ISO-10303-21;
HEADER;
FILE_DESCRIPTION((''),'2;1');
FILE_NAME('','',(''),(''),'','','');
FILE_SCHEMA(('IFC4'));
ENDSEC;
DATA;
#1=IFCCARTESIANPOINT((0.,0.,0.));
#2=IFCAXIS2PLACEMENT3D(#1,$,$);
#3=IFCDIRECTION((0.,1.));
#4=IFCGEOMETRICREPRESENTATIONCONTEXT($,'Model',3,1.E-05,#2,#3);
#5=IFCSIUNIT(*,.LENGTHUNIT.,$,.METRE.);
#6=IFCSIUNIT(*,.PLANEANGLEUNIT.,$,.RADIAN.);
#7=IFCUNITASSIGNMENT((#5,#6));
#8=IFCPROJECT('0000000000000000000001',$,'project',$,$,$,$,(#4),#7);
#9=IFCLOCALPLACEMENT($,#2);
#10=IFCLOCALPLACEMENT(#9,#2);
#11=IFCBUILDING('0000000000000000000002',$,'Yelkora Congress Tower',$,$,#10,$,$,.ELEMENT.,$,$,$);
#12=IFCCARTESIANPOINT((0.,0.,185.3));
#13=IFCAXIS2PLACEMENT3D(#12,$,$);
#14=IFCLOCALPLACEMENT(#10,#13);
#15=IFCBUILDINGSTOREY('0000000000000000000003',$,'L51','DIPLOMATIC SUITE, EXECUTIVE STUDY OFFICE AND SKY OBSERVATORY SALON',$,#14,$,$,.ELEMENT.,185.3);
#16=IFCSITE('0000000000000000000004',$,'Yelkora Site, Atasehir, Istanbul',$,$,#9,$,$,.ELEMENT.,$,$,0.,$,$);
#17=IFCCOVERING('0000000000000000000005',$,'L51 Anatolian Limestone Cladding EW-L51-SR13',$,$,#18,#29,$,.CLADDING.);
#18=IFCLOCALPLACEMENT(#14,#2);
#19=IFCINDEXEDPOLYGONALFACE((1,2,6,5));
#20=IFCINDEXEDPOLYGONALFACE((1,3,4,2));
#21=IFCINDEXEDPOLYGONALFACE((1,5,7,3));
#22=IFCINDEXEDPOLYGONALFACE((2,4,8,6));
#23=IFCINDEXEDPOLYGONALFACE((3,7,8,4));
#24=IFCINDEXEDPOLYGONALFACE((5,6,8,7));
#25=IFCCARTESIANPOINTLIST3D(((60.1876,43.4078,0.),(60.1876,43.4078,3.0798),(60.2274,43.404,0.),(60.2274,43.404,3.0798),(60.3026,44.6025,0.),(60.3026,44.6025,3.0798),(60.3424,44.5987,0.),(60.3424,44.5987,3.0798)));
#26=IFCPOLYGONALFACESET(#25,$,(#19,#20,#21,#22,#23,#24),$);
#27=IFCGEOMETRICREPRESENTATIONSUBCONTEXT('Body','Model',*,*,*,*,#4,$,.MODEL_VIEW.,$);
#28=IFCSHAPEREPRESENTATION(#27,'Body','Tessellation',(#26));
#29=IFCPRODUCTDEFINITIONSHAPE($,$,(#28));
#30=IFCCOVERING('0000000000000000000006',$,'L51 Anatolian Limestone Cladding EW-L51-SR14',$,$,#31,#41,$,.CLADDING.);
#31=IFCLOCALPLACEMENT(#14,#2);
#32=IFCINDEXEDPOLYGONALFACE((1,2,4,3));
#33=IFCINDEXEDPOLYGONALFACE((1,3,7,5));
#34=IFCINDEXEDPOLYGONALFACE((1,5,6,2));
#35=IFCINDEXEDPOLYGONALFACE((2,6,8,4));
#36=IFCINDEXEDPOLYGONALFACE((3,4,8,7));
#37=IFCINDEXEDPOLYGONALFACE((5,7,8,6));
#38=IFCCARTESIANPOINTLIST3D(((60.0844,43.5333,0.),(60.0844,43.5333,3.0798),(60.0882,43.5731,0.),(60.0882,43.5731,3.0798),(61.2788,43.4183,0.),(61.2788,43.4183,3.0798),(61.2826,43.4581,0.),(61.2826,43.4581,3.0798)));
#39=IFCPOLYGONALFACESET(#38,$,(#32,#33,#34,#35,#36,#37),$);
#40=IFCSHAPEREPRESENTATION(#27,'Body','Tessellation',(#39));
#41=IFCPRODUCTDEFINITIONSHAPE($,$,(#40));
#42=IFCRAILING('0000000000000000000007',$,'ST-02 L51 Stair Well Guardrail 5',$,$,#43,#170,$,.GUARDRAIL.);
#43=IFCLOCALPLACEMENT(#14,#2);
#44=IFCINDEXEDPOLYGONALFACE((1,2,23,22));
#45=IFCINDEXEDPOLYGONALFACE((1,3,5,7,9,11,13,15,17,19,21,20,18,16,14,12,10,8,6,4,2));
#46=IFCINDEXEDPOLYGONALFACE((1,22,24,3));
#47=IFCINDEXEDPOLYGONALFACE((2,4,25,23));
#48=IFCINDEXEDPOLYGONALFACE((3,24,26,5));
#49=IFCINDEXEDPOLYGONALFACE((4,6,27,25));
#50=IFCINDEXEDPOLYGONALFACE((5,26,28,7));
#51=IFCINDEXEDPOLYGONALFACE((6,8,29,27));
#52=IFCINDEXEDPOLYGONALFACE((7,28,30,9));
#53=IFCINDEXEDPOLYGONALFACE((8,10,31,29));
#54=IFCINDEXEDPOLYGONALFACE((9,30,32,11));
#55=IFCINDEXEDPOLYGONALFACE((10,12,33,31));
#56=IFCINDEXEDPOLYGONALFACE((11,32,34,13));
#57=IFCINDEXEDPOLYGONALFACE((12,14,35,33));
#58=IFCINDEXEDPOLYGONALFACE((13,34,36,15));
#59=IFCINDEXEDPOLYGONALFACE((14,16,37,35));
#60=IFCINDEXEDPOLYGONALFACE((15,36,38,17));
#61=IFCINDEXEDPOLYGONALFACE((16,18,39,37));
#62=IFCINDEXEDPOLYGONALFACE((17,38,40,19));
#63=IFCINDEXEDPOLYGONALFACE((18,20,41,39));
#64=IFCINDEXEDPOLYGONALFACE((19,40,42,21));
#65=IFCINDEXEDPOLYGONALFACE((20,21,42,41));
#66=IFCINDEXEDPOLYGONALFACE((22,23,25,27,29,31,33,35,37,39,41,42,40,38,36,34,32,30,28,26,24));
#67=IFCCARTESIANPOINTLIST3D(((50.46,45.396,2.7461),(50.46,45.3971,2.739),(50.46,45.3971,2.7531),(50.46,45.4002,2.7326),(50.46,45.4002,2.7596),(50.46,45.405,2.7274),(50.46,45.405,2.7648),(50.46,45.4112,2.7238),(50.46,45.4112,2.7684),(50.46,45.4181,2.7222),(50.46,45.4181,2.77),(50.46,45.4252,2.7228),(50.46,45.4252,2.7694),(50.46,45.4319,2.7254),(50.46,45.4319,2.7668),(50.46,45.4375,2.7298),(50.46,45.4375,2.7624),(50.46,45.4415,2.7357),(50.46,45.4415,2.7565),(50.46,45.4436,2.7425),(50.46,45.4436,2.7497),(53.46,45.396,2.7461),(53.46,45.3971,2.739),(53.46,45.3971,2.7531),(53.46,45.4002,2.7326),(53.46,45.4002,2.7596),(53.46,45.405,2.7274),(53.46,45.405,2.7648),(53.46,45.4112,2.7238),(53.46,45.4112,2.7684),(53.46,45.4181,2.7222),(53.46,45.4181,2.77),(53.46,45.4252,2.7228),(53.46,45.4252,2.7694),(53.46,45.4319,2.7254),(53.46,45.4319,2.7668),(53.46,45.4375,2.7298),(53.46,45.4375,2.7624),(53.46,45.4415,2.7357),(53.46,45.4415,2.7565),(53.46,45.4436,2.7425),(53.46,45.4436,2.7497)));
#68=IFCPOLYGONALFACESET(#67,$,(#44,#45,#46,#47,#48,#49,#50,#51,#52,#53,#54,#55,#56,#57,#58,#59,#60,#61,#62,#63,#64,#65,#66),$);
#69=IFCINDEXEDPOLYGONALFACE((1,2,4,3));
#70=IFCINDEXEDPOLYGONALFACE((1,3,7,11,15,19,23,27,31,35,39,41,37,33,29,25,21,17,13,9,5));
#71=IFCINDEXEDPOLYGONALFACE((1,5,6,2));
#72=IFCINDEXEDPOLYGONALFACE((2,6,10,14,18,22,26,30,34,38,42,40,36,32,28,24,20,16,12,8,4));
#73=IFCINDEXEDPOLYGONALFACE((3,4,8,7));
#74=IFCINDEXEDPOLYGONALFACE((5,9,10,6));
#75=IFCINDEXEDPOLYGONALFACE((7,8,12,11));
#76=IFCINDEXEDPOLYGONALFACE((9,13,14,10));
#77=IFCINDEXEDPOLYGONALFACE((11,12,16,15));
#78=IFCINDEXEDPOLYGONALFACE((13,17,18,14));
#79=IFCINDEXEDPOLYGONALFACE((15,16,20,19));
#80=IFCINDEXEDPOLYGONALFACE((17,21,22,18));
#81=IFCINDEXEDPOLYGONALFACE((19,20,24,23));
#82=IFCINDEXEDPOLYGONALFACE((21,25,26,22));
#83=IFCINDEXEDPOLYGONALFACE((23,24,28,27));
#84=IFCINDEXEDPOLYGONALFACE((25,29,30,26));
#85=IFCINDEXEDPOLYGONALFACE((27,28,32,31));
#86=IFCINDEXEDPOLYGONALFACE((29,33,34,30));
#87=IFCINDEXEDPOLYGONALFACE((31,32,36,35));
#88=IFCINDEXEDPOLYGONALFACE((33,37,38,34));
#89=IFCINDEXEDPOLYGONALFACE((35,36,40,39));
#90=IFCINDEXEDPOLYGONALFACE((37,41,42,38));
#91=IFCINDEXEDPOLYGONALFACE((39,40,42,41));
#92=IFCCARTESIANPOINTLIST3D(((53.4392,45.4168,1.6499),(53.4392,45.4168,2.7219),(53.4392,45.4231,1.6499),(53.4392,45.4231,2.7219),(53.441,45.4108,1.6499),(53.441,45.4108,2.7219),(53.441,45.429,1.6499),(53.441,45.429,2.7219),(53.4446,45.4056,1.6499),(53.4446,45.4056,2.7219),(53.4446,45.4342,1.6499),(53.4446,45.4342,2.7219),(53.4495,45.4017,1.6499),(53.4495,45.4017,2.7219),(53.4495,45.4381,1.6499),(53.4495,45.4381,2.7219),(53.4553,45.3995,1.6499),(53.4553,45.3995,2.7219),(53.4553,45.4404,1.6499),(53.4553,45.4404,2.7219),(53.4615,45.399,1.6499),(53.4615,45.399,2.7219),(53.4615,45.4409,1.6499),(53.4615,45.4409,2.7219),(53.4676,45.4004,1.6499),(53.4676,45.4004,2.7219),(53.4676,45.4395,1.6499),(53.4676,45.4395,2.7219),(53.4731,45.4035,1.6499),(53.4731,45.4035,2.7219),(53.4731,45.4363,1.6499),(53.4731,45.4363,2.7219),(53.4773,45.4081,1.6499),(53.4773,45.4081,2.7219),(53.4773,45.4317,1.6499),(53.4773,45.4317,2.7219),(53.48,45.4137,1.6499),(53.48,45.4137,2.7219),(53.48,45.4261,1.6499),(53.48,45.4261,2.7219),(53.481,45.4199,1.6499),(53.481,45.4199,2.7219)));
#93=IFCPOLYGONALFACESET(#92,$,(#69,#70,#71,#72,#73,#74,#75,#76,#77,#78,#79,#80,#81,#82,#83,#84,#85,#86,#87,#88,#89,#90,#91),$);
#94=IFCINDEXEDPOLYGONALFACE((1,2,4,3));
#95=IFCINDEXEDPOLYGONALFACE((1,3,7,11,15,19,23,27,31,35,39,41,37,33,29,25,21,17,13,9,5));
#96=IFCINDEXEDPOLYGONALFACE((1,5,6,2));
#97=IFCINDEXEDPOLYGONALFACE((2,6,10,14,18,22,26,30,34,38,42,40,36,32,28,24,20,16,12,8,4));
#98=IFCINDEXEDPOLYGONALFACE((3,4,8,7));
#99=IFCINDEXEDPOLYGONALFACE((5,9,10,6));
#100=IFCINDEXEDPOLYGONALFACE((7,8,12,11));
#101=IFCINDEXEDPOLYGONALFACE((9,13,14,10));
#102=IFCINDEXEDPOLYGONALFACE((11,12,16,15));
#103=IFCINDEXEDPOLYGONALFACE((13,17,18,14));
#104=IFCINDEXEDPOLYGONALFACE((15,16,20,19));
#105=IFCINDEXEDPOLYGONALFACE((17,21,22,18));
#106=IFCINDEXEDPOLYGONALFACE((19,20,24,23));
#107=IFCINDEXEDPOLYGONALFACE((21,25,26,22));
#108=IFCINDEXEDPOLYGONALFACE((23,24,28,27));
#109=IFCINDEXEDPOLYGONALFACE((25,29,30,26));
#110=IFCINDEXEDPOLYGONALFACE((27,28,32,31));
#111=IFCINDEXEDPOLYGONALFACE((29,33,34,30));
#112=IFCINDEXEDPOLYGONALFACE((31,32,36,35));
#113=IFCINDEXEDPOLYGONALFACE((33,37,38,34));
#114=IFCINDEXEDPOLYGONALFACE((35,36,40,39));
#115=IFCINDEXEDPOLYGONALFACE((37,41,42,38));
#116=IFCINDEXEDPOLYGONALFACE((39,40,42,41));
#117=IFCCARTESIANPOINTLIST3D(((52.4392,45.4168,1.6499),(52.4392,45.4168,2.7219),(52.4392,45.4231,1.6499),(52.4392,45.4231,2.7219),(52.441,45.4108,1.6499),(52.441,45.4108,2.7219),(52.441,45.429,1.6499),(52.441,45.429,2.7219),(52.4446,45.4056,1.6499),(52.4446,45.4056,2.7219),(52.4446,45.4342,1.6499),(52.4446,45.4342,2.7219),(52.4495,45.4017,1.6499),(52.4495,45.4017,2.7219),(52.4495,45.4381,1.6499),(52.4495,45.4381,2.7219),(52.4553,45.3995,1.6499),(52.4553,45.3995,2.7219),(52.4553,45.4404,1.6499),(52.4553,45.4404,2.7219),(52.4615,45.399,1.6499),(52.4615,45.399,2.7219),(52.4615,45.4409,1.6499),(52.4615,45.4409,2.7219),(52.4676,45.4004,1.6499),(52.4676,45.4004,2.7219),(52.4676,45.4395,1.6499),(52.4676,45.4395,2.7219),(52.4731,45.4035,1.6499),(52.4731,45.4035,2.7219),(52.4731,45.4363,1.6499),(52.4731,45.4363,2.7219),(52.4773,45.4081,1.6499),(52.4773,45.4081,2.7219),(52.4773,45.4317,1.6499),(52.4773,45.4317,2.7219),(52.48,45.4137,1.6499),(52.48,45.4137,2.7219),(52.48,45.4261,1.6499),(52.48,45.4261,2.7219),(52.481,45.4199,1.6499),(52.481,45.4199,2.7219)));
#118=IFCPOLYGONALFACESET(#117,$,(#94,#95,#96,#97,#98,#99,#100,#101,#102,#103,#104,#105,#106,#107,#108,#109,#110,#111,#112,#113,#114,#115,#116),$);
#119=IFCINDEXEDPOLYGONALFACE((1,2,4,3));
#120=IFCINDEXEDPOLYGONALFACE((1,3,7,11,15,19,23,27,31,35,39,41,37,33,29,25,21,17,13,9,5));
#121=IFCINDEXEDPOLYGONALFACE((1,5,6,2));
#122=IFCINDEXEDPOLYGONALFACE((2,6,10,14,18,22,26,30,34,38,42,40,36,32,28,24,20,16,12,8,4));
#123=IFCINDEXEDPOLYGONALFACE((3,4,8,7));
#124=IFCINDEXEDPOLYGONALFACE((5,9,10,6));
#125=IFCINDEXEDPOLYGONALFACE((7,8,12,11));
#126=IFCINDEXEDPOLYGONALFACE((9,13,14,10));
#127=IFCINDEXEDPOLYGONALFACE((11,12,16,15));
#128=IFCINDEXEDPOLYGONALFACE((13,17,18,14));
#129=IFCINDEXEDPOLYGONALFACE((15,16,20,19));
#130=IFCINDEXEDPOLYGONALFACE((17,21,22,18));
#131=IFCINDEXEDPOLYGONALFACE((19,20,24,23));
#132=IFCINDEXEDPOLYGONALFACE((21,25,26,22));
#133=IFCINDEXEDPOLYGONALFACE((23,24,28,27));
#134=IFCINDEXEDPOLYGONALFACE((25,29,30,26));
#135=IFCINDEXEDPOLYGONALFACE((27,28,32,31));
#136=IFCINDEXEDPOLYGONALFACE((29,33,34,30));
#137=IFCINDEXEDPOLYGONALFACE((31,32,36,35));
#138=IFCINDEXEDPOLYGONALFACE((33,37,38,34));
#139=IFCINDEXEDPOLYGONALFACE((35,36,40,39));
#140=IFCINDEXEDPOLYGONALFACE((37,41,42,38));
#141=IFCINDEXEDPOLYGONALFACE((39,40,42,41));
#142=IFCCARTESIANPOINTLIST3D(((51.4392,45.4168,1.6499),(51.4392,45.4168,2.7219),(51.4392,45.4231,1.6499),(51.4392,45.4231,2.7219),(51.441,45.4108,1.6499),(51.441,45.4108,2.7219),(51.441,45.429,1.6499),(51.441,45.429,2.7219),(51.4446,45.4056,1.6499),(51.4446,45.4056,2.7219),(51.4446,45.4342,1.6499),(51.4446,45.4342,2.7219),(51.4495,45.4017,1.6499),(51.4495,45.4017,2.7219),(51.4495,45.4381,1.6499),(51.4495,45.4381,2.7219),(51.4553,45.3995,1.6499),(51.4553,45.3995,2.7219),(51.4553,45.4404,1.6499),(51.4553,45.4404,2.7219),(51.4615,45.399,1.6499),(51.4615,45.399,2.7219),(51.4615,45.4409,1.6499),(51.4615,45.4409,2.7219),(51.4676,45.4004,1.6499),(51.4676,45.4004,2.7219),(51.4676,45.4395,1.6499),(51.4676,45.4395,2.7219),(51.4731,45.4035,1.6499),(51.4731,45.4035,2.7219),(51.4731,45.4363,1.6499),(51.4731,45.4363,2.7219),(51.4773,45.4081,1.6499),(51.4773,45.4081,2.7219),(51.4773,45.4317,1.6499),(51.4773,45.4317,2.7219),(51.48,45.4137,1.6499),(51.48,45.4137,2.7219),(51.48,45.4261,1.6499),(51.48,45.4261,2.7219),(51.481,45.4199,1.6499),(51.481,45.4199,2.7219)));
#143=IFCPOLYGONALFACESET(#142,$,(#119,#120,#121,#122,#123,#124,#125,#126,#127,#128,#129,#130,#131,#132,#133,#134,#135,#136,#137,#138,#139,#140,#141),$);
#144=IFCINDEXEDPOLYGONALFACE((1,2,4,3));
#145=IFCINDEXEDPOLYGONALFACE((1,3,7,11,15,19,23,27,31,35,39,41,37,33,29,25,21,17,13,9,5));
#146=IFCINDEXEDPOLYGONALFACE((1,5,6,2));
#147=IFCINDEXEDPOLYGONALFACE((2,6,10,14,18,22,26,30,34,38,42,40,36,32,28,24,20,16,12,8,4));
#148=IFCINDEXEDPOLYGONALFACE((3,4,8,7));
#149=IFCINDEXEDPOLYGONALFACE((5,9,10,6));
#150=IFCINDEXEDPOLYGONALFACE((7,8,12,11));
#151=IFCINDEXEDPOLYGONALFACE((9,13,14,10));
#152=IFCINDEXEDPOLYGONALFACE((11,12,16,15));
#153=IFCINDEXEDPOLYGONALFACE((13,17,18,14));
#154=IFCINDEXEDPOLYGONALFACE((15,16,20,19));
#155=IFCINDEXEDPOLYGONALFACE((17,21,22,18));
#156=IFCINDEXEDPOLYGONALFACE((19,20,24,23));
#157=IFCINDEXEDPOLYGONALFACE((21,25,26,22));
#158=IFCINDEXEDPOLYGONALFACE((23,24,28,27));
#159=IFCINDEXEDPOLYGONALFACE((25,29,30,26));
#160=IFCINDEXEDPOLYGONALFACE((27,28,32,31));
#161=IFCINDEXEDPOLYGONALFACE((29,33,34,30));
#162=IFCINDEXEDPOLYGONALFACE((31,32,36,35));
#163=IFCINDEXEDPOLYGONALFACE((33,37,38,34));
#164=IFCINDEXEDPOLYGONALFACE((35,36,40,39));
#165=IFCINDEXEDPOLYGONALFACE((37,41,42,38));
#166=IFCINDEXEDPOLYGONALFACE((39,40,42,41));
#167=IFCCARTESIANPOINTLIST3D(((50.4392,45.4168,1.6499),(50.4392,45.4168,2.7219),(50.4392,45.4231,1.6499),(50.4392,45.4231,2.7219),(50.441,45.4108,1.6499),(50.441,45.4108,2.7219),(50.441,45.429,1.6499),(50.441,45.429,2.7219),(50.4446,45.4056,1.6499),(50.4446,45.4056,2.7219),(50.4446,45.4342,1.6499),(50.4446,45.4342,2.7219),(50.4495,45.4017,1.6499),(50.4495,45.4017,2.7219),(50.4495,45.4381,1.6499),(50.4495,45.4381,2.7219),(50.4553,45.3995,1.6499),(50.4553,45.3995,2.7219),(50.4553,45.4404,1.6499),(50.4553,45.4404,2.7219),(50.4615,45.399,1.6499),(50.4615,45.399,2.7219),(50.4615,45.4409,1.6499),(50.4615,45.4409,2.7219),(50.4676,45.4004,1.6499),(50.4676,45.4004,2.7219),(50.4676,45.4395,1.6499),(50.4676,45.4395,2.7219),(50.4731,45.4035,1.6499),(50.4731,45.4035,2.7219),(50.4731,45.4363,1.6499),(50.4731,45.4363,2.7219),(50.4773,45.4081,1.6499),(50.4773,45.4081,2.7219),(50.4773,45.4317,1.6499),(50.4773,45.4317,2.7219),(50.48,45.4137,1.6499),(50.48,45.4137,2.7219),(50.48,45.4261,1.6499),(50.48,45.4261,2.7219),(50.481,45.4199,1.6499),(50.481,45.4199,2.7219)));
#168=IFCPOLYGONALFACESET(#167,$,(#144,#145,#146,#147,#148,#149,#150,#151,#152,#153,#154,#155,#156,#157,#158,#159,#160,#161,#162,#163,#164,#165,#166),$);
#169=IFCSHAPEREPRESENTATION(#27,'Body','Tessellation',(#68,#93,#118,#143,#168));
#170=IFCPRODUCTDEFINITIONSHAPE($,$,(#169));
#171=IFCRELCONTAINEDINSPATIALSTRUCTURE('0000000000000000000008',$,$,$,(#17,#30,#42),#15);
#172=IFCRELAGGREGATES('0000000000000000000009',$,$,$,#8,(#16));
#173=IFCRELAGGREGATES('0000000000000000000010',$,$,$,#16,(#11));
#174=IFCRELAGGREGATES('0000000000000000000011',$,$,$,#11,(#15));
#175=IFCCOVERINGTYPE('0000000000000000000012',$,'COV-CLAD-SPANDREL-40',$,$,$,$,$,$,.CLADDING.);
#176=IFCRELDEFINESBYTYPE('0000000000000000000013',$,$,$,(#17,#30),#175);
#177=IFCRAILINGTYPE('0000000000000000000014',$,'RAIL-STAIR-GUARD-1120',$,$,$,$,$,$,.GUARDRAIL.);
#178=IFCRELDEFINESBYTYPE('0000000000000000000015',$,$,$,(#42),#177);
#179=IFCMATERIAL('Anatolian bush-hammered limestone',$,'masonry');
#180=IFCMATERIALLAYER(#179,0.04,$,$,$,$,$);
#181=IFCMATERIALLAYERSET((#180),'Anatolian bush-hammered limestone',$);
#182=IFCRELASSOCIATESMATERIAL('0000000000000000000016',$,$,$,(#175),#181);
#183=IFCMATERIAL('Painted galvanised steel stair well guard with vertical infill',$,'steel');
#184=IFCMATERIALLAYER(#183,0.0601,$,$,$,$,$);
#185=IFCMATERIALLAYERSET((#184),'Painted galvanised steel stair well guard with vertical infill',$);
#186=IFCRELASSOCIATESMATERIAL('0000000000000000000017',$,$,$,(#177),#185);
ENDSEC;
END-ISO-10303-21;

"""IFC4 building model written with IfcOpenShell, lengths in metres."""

from ifc_helpers import new_model, si_unit, direction, frame, frame_2d, origin, origin_2d, place, context, subcontext, project, spatial, rectangle, circle, extrude, material, layer, layer_set, type_object, element, save


model = new_model("IFC4")

# Units and contexts
model_context = context("Model", 3, precision=1e-05, world=origin(), true_north=direction((0.0, 1.0)))
body_context = subcontext(model_context, "Body", "Model", "MODEL_VIEW")
ifc_project = project(units=[si_unit("LENGTHUNIT", "METRE"), si_unit("PLANEANGLEUNIT", "RADIAN")], contexts=[model_context])

# Site, building, storey
site_placement = place(None, origin())
site = spatial("IfcSite", under=ifc_project, at=site_placement, Name="Yelkora Site, Atasehir, Istanbul", CompositionType="ELEMENT", RefElevation=0.0)
building_placement = place(site_placement, origin())
building = spatial("IfcBuilding", under=site, at=building_placement, Name="Yelkora Congress Tower", CompositionType="ELEMENT")
storey_placement = place(building_placement, frame((0.0, 0.0, 185.3)))
storey = spatial("IfcBuildingStorey", under=building, at=storey_placement, Name="L51", Description="DIPLOMATIC SUITE, EXECUTIVE STUDY OFFICE AND SKY OBSERVATORY SALON", CompositionType="ELEMENT", Elevation=185.3)

# Coverings
ifc_material_1 = material(Name="Anatolian bush-hammered limestone", Category="masonry")
ifc_layer_1 = layer(ifc_material_1, 0.04)
ifc_layer_set_1 = layer_set([ifc_layer_1], Name="Anatolian bush-hammered limestone")
covering_type = type_object("IfcCoveringType", Name="COV-CLAD-SPANDREL-40", PredefinedType="CLADDING", material=ifc_layer_set_1)
for number, where, z_axis, x_axis, name in (
    (1, (60.3225, 44.6006, 0.0), (0.0, 0.0, 1.0), (-0.095817, -0.995399, 0.0), "L51 Anatolian Limestone Cladding EW-L51-SR13"),
):
    element("IfcCovering", number, at=place(storey_placement, frame(where, z_axis=z_axis, x_axis=x_axis)), inside=storey, type_object=covering_type, Name=name, PredefinedType="CLADDING", context=body_context, shape_type="SweptSolid", body=[
        extrude(rectangle(XDim=1.2002, YDim=0.04, at=frame_2d((0.6001, 0.0))), origin(), (0.0, 0.0, 1.0), 3.0798),
    ])
covering_1_placement = place(storey_placement, frame((60.0862, 43.5532, 0.0), z_axis=(0.0, 0.0, 1.0), x_axis=(0.995397, -0.095836, 0.0)))
element("IfcCovering", 2, at=covering_1_placement, inside=storey, type_object=covering_type, Name="L51 Anatolian Limestone Cladding EW-L51-SR14", PredefinedType="CLADDING", context=body_context, shape_type="SweptSolid", body=[
    extrude(rectangle(XDim=1.2, YDim=0.04, at=frame_2d((0.6001, 0.0))), origin(), (0.0, 0.0, 1.0), 3.0798),
])

# Railing
ifc_material_2 = material(Name="Painted galvanised steel stair well guard with vertical infill", Category="steel")
ifc_layer_2 = layer(ifc_material_2, 0.0601)
ifc_layer_set_2 = layer_set([ifc_layer_2], Name="Painted galvanised steel stair well guard with vertical infill")
railing_type = type_object("IfcRailingType", Name="RAIL-STAIR-GUARD-1120", PredefinedType="GUARDRAIL", material=ifc_layer_set_2)
railing_1_placement = place(storey_placement, frame((53.46, 45.4199, 1.6499)))
element("IfcRailing", 3, at=railing_1_placement, inside=storey, type_object=railing_type, Name="ST-02 L51 Stair Well Guardrail 5", PredefinedType="GUARDRAIL", context=body_context, shape_type="SweptSolid", body=[
    extrude(circle(Radius=0.0239, at=origin_2d()), frame((0.0, 0.0, 1.0962), z_axis=(-1.0, 0.0, 0.0), x_axis=(0.0, -1.0, 0.0)), (0.0, 0.0, 1.0), 3.0),
    extrude(circle(Radius=0.021, at=origin_2d()), origin(), (0.0, 0.0, 1.0), 1.072),
    extrude(circle(Radius=0.021, at=origin_2d()), frame((-1.0, 0.0, 0.0)), (0.0, 0.0, 1.0), 1.072),
    extrude(circle(Radius=0.021, at=origin_2d()), frame((-2.0, 0.0, 0.0)), (0.0, 0.0, 1.0), 1.072),
    extrude(circle(Radius=0.021, at=origin_2d()), frame((-3.0, 0.0, 0.0)), (0.0, 0.0, 1.0), 1.072),
])

save(model, "model.ifc")
